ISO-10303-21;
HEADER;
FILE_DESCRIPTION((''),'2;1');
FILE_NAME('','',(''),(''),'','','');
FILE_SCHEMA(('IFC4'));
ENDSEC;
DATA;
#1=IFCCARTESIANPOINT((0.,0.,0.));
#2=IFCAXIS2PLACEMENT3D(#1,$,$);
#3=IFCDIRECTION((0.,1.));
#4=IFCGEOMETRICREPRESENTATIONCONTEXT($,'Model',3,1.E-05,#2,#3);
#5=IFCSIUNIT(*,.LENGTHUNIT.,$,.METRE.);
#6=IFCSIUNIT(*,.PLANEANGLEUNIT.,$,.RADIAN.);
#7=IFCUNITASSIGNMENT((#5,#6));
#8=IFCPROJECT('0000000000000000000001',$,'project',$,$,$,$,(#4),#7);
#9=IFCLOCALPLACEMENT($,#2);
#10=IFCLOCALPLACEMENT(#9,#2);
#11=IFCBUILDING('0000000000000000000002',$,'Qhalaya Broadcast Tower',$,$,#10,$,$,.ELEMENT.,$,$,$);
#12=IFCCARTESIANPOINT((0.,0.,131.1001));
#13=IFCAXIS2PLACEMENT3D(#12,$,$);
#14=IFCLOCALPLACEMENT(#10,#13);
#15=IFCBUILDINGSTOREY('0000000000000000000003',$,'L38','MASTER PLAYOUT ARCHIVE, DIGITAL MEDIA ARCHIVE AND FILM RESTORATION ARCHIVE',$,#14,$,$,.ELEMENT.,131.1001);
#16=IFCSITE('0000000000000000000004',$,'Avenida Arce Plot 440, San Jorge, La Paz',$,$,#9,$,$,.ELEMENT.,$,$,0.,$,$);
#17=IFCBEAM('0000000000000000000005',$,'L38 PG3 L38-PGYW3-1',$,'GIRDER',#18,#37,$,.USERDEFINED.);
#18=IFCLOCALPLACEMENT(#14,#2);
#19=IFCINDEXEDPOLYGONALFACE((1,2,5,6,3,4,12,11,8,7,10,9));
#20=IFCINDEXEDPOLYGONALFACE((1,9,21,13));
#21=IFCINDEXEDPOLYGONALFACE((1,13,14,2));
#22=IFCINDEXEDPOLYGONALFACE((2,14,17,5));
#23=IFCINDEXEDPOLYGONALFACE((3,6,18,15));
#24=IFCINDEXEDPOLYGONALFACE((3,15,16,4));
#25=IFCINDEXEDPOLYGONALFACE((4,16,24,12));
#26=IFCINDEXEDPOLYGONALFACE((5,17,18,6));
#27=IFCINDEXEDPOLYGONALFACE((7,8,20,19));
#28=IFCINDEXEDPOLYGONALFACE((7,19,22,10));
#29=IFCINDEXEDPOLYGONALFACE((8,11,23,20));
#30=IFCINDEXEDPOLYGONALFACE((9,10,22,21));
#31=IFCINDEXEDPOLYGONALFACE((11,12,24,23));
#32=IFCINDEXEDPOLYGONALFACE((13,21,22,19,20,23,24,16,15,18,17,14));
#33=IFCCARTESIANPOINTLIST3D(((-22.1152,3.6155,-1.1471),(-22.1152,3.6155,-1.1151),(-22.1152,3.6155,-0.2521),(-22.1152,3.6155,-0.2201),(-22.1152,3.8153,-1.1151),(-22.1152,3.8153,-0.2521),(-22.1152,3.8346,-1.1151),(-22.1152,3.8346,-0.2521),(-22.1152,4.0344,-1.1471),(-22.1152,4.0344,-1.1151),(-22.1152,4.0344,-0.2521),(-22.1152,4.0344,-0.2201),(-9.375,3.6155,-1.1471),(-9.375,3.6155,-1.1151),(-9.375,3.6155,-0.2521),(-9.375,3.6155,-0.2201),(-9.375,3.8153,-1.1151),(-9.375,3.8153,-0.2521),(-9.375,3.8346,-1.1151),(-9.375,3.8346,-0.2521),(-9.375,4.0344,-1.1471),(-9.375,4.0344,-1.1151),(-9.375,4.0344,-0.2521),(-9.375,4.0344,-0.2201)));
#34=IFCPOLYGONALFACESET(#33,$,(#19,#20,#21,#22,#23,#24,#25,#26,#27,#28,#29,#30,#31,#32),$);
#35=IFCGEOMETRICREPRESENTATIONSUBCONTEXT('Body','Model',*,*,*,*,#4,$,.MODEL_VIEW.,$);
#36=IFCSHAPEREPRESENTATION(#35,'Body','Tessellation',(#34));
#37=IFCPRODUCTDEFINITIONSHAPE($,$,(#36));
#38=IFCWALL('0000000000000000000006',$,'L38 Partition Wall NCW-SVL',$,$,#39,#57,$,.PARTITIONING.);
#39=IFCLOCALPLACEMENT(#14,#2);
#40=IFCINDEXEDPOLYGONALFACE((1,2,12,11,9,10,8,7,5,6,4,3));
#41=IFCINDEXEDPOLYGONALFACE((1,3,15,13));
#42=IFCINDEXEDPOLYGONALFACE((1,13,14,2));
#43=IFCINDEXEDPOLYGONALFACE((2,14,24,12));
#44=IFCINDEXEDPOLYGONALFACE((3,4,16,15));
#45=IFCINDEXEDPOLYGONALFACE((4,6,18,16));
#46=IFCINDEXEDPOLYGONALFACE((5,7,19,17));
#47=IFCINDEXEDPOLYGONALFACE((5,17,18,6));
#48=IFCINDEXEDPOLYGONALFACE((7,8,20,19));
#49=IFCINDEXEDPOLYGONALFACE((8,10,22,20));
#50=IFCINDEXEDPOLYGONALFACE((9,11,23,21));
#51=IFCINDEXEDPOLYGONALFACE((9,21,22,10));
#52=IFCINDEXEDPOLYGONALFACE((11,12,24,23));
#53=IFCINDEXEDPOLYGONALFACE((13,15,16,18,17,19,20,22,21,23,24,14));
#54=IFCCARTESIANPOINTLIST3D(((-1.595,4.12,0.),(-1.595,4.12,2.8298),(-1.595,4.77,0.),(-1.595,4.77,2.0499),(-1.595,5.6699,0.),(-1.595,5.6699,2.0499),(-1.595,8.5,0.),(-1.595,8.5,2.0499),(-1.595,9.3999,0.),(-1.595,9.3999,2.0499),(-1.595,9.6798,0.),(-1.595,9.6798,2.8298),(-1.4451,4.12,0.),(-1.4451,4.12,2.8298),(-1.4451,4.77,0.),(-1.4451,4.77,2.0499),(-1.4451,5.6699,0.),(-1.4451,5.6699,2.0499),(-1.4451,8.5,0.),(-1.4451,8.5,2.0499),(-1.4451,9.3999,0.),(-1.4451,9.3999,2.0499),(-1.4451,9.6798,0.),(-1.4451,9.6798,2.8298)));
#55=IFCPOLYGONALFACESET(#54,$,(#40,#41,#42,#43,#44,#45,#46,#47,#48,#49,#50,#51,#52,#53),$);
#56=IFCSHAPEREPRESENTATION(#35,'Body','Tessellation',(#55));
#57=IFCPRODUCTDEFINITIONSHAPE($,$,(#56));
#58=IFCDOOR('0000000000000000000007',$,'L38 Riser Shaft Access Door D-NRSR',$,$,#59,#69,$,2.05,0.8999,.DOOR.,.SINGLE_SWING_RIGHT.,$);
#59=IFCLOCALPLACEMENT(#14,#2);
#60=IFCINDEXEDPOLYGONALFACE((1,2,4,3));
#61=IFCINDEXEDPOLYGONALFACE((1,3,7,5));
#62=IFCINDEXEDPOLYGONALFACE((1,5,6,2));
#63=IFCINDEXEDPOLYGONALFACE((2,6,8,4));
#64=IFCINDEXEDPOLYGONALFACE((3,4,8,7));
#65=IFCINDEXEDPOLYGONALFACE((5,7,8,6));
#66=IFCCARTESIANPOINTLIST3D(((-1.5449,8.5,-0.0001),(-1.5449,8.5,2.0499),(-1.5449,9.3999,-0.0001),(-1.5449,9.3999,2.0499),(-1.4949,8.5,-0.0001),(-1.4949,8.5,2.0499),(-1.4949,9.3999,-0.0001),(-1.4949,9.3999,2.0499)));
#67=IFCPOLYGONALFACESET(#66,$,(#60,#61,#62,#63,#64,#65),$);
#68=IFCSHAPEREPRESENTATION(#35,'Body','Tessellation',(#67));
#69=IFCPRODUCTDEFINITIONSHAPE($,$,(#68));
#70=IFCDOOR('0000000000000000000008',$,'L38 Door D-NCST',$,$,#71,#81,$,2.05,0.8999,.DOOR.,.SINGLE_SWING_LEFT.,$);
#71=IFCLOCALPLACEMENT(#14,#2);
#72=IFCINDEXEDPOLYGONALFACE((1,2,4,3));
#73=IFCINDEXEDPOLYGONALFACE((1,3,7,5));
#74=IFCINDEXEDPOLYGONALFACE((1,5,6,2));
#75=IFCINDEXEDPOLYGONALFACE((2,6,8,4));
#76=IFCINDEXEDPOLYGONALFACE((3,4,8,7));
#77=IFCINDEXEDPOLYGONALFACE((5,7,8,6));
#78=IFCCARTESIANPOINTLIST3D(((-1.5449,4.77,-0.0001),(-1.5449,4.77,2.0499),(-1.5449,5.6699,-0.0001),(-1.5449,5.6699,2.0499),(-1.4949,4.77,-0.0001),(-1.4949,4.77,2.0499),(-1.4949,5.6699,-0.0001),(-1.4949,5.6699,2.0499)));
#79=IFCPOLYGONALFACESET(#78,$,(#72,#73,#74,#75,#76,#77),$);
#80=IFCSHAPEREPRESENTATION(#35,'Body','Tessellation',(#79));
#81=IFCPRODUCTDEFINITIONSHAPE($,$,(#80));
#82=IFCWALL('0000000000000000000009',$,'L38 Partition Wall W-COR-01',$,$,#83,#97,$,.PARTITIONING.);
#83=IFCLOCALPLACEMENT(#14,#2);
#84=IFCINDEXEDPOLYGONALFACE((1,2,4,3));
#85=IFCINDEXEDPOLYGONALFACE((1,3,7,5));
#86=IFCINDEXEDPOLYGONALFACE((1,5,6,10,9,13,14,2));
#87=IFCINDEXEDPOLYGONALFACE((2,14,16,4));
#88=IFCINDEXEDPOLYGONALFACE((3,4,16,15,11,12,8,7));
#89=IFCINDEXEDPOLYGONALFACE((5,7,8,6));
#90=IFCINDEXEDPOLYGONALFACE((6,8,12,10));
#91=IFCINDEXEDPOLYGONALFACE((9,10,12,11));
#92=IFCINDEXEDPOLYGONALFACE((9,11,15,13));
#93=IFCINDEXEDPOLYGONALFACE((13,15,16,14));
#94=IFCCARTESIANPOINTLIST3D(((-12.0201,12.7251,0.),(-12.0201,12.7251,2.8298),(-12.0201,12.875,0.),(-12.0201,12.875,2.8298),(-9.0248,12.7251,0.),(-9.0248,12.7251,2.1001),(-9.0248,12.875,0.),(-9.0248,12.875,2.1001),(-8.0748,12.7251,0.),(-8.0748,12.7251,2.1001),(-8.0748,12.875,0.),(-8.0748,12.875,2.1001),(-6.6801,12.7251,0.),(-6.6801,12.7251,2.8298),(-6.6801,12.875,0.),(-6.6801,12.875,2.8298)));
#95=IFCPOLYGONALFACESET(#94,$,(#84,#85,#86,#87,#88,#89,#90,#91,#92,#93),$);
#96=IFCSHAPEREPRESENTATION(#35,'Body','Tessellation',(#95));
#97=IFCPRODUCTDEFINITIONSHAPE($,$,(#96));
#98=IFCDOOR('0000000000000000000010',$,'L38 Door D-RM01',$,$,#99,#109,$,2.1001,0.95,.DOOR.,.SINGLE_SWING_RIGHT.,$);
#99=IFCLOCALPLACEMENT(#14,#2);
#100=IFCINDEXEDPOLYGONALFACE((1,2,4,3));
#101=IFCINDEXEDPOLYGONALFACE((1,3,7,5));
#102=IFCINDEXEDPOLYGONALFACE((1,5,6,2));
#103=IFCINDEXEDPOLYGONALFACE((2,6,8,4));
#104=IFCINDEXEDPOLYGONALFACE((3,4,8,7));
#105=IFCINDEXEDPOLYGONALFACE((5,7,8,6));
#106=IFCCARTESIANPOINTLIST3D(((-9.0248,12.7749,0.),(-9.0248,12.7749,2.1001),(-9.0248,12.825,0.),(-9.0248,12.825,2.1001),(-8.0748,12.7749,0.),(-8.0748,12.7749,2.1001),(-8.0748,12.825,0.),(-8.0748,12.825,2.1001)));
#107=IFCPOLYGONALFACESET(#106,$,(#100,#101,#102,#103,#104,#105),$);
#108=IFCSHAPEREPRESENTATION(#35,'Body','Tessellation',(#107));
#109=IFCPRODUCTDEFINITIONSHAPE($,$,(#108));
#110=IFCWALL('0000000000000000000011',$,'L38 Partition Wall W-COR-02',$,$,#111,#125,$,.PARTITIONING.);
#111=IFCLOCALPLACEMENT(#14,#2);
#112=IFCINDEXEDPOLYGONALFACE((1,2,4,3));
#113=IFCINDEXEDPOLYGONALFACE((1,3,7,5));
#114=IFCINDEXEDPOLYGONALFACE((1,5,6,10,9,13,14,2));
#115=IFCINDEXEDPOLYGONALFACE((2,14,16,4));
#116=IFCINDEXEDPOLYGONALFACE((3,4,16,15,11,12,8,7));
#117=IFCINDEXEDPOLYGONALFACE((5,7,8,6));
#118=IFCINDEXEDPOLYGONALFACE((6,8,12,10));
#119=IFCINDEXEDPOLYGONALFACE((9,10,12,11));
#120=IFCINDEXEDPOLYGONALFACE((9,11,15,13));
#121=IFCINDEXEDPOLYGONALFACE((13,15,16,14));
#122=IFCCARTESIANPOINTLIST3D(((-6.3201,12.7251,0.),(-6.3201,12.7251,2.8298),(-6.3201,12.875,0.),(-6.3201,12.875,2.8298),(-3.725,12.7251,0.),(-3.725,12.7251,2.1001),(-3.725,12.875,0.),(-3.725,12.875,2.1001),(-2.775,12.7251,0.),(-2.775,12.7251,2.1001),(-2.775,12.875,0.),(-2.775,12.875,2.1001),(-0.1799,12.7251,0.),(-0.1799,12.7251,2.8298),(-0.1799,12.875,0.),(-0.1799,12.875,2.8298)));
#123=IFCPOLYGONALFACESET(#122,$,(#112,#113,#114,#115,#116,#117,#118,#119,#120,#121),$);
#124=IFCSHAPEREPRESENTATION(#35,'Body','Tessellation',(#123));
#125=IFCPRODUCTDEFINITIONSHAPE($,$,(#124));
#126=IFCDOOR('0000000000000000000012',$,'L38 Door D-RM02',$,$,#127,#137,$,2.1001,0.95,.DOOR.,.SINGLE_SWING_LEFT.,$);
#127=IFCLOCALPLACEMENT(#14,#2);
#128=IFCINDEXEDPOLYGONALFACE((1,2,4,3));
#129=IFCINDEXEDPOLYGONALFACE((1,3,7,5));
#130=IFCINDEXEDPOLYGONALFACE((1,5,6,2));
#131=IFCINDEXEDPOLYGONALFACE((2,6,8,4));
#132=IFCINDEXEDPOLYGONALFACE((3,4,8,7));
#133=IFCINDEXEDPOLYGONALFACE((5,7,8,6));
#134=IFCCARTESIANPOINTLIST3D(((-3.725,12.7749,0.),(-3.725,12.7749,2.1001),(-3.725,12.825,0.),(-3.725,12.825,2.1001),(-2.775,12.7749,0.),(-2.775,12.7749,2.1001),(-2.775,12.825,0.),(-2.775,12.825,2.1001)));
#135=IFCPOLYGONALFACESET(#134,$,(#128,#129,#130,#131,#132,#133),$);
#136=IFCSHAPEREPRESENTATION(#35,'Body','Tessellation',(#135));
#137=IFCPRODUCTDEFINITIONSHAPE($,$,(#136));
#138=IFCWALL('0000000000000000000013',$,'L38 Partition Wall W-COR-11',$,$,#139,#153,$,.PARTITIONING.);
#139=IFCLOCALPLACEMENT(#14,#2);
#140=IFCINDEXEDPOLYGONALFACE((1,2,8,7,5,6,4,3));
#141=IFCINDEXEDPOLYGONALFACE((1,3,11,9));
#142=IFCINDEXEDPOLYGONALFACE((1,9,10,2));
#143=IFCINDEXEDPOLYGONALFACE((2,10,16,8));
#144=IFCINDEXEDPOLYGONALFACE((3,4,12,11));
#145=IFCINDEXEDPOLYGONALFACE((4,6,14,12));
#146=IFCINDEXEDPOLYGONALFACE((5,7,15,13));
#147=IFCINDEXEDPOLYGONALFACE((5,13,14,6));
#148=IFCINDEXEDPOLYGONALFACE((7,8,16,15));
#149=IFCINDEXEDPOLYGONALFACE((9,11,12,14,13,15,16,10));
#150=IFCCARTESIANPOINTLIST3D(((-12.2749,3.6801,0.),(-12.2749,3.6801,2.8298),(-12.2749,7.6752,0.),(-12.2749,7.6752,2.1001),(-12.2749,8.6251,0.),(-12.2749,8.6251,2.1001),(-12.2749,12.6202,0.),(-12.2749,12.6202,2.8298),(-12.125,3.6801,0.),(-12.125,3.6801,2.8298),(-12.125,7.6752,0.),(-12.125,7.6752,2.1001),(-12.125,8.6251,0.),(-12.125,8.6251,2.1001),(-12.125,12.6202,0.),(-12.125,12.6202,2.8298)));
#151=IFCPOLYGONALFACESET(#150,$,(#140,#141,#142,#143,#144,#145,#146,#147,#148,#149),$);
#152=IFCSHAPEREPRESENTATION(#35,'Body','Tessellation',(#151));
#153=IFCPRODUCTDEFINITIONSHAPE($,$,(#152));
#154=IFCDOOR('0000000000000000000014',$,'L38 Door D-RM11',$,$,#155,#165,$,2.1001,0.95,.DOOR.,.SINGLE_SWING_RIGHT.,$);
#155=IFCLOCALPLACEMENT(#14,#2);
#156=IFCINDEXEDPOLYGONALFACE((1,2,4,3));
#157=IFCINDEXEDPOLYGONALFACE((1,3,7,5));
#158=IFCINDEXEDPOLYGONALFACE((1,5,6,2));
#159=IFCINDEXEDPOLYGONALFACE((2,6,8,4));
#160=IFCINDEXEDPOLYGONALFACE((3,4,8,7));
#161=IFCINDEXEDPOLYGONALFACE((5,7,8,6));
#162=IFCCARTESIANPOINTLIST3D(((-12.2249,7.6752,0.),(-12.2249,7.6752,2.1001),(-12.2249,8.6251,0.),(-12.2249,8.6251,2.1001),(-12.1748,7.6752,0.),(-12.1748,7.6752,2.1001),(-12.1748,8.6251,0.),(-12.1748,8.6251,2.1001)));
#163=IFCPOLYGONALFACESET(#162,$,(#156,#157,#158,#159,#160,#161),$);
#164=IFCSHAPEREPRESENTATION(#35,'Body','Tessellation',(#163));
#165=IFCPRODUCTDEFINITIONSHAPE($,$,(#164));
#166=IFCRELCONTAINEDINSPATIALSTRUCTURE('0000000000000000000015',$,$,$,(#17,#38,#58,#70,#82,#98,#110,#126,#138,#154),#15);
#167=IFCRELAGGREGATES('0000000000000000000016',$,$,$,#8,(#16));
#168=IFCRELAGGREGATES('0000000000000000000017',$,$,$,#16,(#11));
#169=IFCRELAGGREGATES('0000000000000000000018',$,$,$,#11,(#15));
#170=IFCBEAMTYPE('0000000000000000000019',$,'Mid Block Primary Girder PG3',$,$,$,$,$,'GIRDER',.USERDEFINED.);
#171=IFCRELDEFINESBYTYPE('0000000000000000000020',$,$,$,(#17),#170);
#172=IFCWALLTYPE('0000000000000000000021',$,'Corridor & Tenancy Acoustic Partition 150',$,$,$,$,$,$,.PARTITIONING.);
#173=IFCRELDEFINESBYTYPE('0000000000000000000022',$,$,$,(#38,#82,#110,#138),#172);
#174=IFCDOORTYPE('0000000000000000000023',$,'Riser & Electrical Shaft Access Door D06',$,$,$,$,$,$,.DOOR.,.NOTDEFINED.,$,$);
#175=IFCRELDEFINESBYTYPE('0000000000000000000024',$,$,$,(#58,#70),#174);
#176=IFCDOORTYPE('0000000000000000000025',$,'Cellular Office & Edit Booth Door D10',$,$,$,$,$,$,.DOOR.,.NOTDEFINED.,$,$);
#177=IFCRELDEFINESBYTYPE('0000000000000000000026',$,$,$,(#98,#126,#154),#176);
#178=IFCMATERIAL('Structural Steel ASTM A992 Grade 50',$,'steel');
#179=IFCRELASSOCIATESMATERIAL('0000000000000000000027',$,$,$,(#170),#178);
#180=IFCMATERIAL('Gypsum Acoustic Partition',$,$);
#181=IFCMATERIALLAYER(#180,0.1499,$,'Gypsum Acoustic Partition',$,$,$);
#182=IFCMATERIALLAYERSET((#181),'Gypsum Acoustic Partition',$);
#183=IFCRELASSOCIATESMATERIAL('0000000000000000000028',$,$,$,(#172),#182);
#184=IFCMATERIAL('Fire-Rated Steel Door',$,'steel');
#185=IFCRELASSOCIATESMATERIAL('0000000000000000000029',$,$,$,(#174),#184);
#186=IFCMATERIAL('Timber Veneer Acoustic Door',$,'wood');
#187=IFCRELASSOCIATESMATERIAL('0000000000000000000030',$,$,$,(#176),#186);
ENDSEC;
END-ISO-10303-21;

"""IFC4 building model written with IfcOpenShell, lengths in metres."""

from ifc_helpers import new_model, si_unit, direction, frame, frame_2d, origin, origin_2d, place, context, subcontext, project, spatial, rectangle, i_section, extrude, material, layer, layer_set, material_profile, profile_set, type_object, element, fill, save


model = new_model("IFC4")

# Units and contexts
model_context = context("Model", 3, precision=1e-05, world=origin(), true_north=direction((0.0, 1.0)))
body_context = subcontext(model_context, "Body", "Model", "MODEL_VIEW")
ifc_project = project(units=[si_unit("LENGTHUNIT", "METRE"), si_unit("PLANEANGLEUNIT", "RADIAN")], contexts=[model_context])

# Site, building, storey
site_placement = place(None, origin())
site = spatial("IfcSite", under=ifc_project, at=site_placement, Name="Avenida Arce Plot 440, San Jorge, La Paz", CompositionType="ELEMENT", RefElevation=0.0)
building_placement = place(site_placement, origin())
building = spatial("IfcBuilding", under=site, at=building_placement, Name="Qhalaya Broadcast Tower", CompositionType="ELEMENT")
storey_placement = place(building_placement, frame((0.0, 0.0, 131.1001)))
storey = spatial("IfcBuildingStorey", under=building, at=storey_placement, Name="L38", Description="MASTER PLAYOUT ARCHIVE, DIGITAL MEDIA ARCHIVE AND FILM RESTORATION ARCHIVE", CompositionType="ELEMENT", Elevation=131.1001)

# Beam
ifc_material_1 = material(Name="Structural Steel ASTM A992 Grade 50", Category="steel")
ifc_material_profile_1 = material_profile(ifc_material_1, i_section(OverallWidth=0.4189, OverallDepth=0.927, WebThickness=0.0193, FlangeThickness=0.032, at=origin_2d()), Name="W36X231")
ifc_profile_set_1 = profile_set([ifc_material_profile_1], Name="Structural Steel ASTM A992 Grade 50")
beam_type_1 = type_object("IfcBeamType", Name="Mid Block Primary Girder PG3", ElementType="GIRDER", PredefinedType="USERDEFINED", material=ifc_profile_set_1)
beam_1_placement = place(storey_placement, frame((-22.1152, 3.825, -0.6836), z_axis=(1.0, 0.0, 0.0), x_axis=(0.0, 1.0, 0.0)))
element("IfcBeam", 1, at=beam_1_placement, inside=storey, type_object=beam_type_1, Name="L38 PG3 L38-PGYW3-1", ObjectType="GIRDER", PredefinedType="USERDEFINED", context=body_context, shape_type="SweptSolid", body=[
    extrude(i_section(OverallWidth=0.4189, OverallDepth=0.927, WebThickness=0.0193, FlangeThickness=0.032, at=origin_2d()), origin(), (0.0, 0.0, 1.0), 12.7402),
])

# Wall, openings, doors
ifc_material_2 = material(Name="Gypsum Acoustic Partition")
ifc_layer_1 = layer(ifc_material_2, 0.1499, Name="Gypsum Acoustic Partition")
ifc_layer_set_1 = layer_set([ifc_layer_1], Name="Gypsum Acoustic Partition")
wall_type_1 = type_object("IfcWallType", Name="Corridor & Tenancy Acoustic Partition 150", PredefinedType="PARTITIONING", material=ifc_layer_set_1)
wall_1_placement = place(storey_placement, frame((-1.52, 4.1201, 0.0), z_axis=(0.0, 0.0, 1.0), x_axis=(0.0, 1.0, 0.0)))
wall_1 = element("IfcWall", 2, at=wall_1_placement, inside=storey, type_object=wall_type_1, Name="L38 Partition Wall NCW-SVL", PredefinedType="PARTITIONING", context=body_context, shape_type="SweptSolid", body=[
    extrude(rectangle(XDim=5.5598, YDim=0.1499, at=frame_2d((2.7798, 0.0))), origin(), (0.0, 0.0, 1.0), 2.8298),
])
opening_1_placement = place(wall_1_placement, frame((4.3799, 0.0, 0.0)))
opening_1 = element("IfcOpeningElement", 3, at=opening_1_placement, cuts=wall_1, PredefinedType="OPENING", context=body_context, shape_type="SweptSolid", body=[
    extrude(rectangle(XDim=0.8999, YDim=2.05, at=frame_2d((0.45, 1.0249))), frame((0.0, 0.0869, 0.0), z_axis=(0.0, -1.0, 0.0), x_axis=(1.0, 0.0, 0.0)), (0.0, 0.0, 1.0), 0.1738),
])
opening_2_placement = place(wall_1_placement, frame((0.6499, 0.0, 0.0)))
opening_2 = element("IfcOpeningElement", 4, at=opening_2_placement, cuts=wall_1, PredefinedType="OPENING", context=body_context, shape_type="SweptSolid", body=[
    extrude(rectangle(XDim=0.8999, YDim=2.05, at=frame_2d((0.45, 1.0249))), frame((0.0, 0.0869, 0.0), z_axis=(0.0, -1.0, 0.0), x_axis=(1.0, 0.0, 0.0)), (0.0, 0.0, 1.0), 0.1738),
])
ifc_material_3 = material(Name="Fire-Rated Steel Door", Category="steel")
door_type_1 = type_object("IfcDoorType", Name="Riser & Electrical Shaft Access Door D06", OperationType="NOTDEFINED", PredefinedType="DOOR", material=ifc_material_3)
door_1_placement = place(opening_1_placement, origin())
door_1 = element("IfcDoor", 5, at=door_1_placement, inside=storey, type_object=door_type_1, Name="L38 Riser Shaft Access Door D-NRSR", OperationType="SINGLE_SWING_RIGHT", OverallHeight=2.05, OverallWidth=0.8999, PredefinedType="DOOR", context=body_context, shape_type="SweptSolid", body=[
    extrude(rectangle(XDim=0.8999, YDim=2.05, at=frame_2d((0.45, 1.0249))), frame((0.0, 0.0249, 0.0), z_axis=(0.0, -1.0, 0.0), x_axis=(1.0, 0.0, 0.0)), (0.0, 0.0, 1.0), 0.05),
])
fill(opening_1, door_1)
door_2_placement = place(opening_2_placement, origin())
door_2 = element("IfcDoor", 6, at=door_2_placement, inside=storey, type_object=door_type_1, Name="L38 Door D-NCST", OperationType="SINGLE_SWING_LEFT", OverallHeight=2.05, OverallWidth=0.8999, PredefinedType="DOOR", context=body_context, shape_type="SweptSolid", body=[
    extrude(rectangle(XDim=0.8999, YDim=2.05, at=frame_2d((0.45, 1.0249))), frame((0.0, 0.0249, 0.0), z_axis=(0.0, -1.0, 0.0), x_axis=(1.0, 0.0, 0.0)), (0.0, 0.0, 1.0), 0.05),
])
fill(opening_2, door_2)

# Walls, openings, doors
wall_2_placement = place(storey_placement, frame((-12.02, 12.8, 0.0), z_axis=(0.0, 0.0, 1.0), x_axis=(1.0, 0.0, 0.0)))
wall_2 = element("IfcWall", 7, at=wall_2_placement, inside=storey, type_object=wall_type_1, Name="L38 Partition Wall W-COR-01", PredefinedType="PARTITIONING", context=body_context, shape_type="SweptSolid", body=[
    extrude(rectangle(XDim=5.3401, YDim=0.1499, at=frame_2d((2.6699, 0.0))), origin(), (0.0, 0.0, 1.0), 2.8298),
])
opening_3_placement = place(wall_2_placement, frame((2.9951, 0.0, 0.0)))
opening_3 = element("IfcOpeningElement", 8, at=opening_3_placement, cuts=wall_2, PredefinedType="OPENING", context=body_context, shape_type="SweptSolid", body=[
    extrude(rectangle(XDim=0.95, YDim=2.1001, at=frame_2d((0.4751, 1.05))), frame((0.0, 0.0869, 0.0), z_axis=(0.0, -1.0, 0.0), x_axis=(1.0, 0.0, 0.0)), (0.0, 0.0, 1.0), 0.1738),
])
ifc_material_4 = material(Name="Timber Veneer Acoustic Door", Category="wood")
door_type_2 = type_object("IfcDoorType", Name="Cellular Office & Edit Booth Door D10", OperationType="NOTDEFINED", PredefinedType="DOOR", material=ifc_material_4)
door_3_placement = place(opening_3_placement, origin())
door_3 = element("IfcDoor", 9, at=door_3_placement, inside=storey, type_object=door_type_2, Name="L38 Door D-RM01", OperationType="SINGLE_SWING_RIGHT", OverallHeight=2.1001, OverallWidth=0.95, PredefinedType="DOOR", context=body_context, shape_type="SweptSolid", body=[
    extrude(rectangle(XDim=0.95, YDim=2.1001, at=frame_2d((0.4751, 1.05))), frame((0.0, 0.0249, 0.0), z_axis=(0.0, -1.0, 0.0), x_axis=(1.0, 0.0, 0.0)), (0.0, 0.0, 1.0), 0.05),
])
fill(opening_3, door_3)
wall_3_placement = place(storey_placement, frame((-6.3201, 12.8, 0.0), z_axis=(0.0, 0.0, 1.0), x_axis=(1.0, 0.0, 0.0)))
wall_3 = element("IfcWall", 10, at=wall_3_placement, inside=storey, type_object=wall_type_1, Name="L38 Partition Wall W-COR-02", PredefinedType="PARTITIONING", context=body_context, shape_type="SweptSolid", body=[
    extrude(rectangle(XDim=6.1401, YDim=0.1499, at=frame_2d((3.0701, 0.0))), origin(), (0.0, 0.0, 1.0), 2.8298),
])
opening_4_placement = place(wall_3_placement, frame((2.595, 0.0, 0.0)))
opening_4 = element("IfcOpeningElement", 11, at=opening_4_placement, cuts=wall_3, PredefinedType="OPENING", context=body_context, shape_type="SweptSolid", body=[
    extrude(rectangle(XDim=0.95, YDim=2.1001, at=frame_2d((0.4751, 1.05))), frame((0.0, 0.0869, 0.0), z_axis=(0.0, -1.0, 0.0), x_axis=(1.0, 0.0, 0.0)), (0.0, 0.0, 1.0), 0.1738),
])
door_4_placement = place(opening_4_placement, origin())
door_4 = element("IfcDoor", 12, at=door_4_placement, inside=storey, type_object=door_type_2, Name="L38 Door D-RM02", OperationType="SINGLE_SWING_LEFT", OverallHeight=2.1001, OverallWidth=0.95, PredefinedType="DOOR", context=body_context, shape_type="SweptSolid", body=[
    extrude(rectangle(XDim=0.95, YDim=2.1001, at=frame_2d((0.4751, 1.05))), frame((0.0, 0.0249, 0.0), z_axis=(0.0, -1.0, 0.0), x_axis=(1.0, 0.0, 0.0)), (0.0, 0.0, 1.0), 0.05),
])
fill(opening_4, door_4)
wall_4_placement = place(storey_placement, frame((-12.2, 3.6799, 0.0), z_axis=(0.0, 0.0, 1.0), x_axis=(0.0, 1.0, 0.0)))
wall_4 = element("IfcWall", 13, at=wall_4_placement, inside=storey, type_object=wall_type_1, Name="L38 Partition Wall W-COR-11", PredefinedType="PARTITIONING", context=body_context, shape_type="SweptSolid", body=[
    extrude(rectangle(XDim=8.9402, YDim=0.1499, at=frame_2d((4.4702, 0.0))), origin(), (0.0, 0.0, 1.0), 2.8298),
])
opening_5_placement = place(wall_4_placement, frame((3.9951, 0.0, 0.0)))
opening_5 = element("IfcOpeningElement", 14, at=opening_5_placement, cuts=wall_4, PredefinedType="OPENING", context=body_context, shape_type="SweptSolid", body=[
    extrude(rectangle(XDim=0.95, YDim=2.1001, at=frame_2d((0.4751, 1.05))), frame((0.0, 0.0869, 0.0), z_axis=(0.0, -1.0, 0.0), x_axis=(1.0, 0.0, 0.0)), (0.0, 0.0, 1.0), 0.1738),
])
door_5_placement = place(opening_5_placement, origin())
door_5 = element("IfcDoor", 15, at=door_5_placement, inside=storey, type_object=door_type_2, Name="L38 Door D-RM11", OperationType="SINGLE_SWING_RIGHT", OverallHeight=2.1001, OverallWidth=0.95, PredefinedType="DOOR", context=body_context, shape_type="SweptSolid", body=[
    extrude(rectangle(XDim=0.95, YDim=2.1001, at=frame_2d((0.4751, 1.05))), frame((0.0, 0.0249, 0.0), z_axis=(0.0, -1.0, 0.0), x_axis=(1.0, 0.0, 0.0)), (0.0, 0.0, 1.0), 0.05),
])
fill(opening_5, door_5)

save(model, "model.ifc")
